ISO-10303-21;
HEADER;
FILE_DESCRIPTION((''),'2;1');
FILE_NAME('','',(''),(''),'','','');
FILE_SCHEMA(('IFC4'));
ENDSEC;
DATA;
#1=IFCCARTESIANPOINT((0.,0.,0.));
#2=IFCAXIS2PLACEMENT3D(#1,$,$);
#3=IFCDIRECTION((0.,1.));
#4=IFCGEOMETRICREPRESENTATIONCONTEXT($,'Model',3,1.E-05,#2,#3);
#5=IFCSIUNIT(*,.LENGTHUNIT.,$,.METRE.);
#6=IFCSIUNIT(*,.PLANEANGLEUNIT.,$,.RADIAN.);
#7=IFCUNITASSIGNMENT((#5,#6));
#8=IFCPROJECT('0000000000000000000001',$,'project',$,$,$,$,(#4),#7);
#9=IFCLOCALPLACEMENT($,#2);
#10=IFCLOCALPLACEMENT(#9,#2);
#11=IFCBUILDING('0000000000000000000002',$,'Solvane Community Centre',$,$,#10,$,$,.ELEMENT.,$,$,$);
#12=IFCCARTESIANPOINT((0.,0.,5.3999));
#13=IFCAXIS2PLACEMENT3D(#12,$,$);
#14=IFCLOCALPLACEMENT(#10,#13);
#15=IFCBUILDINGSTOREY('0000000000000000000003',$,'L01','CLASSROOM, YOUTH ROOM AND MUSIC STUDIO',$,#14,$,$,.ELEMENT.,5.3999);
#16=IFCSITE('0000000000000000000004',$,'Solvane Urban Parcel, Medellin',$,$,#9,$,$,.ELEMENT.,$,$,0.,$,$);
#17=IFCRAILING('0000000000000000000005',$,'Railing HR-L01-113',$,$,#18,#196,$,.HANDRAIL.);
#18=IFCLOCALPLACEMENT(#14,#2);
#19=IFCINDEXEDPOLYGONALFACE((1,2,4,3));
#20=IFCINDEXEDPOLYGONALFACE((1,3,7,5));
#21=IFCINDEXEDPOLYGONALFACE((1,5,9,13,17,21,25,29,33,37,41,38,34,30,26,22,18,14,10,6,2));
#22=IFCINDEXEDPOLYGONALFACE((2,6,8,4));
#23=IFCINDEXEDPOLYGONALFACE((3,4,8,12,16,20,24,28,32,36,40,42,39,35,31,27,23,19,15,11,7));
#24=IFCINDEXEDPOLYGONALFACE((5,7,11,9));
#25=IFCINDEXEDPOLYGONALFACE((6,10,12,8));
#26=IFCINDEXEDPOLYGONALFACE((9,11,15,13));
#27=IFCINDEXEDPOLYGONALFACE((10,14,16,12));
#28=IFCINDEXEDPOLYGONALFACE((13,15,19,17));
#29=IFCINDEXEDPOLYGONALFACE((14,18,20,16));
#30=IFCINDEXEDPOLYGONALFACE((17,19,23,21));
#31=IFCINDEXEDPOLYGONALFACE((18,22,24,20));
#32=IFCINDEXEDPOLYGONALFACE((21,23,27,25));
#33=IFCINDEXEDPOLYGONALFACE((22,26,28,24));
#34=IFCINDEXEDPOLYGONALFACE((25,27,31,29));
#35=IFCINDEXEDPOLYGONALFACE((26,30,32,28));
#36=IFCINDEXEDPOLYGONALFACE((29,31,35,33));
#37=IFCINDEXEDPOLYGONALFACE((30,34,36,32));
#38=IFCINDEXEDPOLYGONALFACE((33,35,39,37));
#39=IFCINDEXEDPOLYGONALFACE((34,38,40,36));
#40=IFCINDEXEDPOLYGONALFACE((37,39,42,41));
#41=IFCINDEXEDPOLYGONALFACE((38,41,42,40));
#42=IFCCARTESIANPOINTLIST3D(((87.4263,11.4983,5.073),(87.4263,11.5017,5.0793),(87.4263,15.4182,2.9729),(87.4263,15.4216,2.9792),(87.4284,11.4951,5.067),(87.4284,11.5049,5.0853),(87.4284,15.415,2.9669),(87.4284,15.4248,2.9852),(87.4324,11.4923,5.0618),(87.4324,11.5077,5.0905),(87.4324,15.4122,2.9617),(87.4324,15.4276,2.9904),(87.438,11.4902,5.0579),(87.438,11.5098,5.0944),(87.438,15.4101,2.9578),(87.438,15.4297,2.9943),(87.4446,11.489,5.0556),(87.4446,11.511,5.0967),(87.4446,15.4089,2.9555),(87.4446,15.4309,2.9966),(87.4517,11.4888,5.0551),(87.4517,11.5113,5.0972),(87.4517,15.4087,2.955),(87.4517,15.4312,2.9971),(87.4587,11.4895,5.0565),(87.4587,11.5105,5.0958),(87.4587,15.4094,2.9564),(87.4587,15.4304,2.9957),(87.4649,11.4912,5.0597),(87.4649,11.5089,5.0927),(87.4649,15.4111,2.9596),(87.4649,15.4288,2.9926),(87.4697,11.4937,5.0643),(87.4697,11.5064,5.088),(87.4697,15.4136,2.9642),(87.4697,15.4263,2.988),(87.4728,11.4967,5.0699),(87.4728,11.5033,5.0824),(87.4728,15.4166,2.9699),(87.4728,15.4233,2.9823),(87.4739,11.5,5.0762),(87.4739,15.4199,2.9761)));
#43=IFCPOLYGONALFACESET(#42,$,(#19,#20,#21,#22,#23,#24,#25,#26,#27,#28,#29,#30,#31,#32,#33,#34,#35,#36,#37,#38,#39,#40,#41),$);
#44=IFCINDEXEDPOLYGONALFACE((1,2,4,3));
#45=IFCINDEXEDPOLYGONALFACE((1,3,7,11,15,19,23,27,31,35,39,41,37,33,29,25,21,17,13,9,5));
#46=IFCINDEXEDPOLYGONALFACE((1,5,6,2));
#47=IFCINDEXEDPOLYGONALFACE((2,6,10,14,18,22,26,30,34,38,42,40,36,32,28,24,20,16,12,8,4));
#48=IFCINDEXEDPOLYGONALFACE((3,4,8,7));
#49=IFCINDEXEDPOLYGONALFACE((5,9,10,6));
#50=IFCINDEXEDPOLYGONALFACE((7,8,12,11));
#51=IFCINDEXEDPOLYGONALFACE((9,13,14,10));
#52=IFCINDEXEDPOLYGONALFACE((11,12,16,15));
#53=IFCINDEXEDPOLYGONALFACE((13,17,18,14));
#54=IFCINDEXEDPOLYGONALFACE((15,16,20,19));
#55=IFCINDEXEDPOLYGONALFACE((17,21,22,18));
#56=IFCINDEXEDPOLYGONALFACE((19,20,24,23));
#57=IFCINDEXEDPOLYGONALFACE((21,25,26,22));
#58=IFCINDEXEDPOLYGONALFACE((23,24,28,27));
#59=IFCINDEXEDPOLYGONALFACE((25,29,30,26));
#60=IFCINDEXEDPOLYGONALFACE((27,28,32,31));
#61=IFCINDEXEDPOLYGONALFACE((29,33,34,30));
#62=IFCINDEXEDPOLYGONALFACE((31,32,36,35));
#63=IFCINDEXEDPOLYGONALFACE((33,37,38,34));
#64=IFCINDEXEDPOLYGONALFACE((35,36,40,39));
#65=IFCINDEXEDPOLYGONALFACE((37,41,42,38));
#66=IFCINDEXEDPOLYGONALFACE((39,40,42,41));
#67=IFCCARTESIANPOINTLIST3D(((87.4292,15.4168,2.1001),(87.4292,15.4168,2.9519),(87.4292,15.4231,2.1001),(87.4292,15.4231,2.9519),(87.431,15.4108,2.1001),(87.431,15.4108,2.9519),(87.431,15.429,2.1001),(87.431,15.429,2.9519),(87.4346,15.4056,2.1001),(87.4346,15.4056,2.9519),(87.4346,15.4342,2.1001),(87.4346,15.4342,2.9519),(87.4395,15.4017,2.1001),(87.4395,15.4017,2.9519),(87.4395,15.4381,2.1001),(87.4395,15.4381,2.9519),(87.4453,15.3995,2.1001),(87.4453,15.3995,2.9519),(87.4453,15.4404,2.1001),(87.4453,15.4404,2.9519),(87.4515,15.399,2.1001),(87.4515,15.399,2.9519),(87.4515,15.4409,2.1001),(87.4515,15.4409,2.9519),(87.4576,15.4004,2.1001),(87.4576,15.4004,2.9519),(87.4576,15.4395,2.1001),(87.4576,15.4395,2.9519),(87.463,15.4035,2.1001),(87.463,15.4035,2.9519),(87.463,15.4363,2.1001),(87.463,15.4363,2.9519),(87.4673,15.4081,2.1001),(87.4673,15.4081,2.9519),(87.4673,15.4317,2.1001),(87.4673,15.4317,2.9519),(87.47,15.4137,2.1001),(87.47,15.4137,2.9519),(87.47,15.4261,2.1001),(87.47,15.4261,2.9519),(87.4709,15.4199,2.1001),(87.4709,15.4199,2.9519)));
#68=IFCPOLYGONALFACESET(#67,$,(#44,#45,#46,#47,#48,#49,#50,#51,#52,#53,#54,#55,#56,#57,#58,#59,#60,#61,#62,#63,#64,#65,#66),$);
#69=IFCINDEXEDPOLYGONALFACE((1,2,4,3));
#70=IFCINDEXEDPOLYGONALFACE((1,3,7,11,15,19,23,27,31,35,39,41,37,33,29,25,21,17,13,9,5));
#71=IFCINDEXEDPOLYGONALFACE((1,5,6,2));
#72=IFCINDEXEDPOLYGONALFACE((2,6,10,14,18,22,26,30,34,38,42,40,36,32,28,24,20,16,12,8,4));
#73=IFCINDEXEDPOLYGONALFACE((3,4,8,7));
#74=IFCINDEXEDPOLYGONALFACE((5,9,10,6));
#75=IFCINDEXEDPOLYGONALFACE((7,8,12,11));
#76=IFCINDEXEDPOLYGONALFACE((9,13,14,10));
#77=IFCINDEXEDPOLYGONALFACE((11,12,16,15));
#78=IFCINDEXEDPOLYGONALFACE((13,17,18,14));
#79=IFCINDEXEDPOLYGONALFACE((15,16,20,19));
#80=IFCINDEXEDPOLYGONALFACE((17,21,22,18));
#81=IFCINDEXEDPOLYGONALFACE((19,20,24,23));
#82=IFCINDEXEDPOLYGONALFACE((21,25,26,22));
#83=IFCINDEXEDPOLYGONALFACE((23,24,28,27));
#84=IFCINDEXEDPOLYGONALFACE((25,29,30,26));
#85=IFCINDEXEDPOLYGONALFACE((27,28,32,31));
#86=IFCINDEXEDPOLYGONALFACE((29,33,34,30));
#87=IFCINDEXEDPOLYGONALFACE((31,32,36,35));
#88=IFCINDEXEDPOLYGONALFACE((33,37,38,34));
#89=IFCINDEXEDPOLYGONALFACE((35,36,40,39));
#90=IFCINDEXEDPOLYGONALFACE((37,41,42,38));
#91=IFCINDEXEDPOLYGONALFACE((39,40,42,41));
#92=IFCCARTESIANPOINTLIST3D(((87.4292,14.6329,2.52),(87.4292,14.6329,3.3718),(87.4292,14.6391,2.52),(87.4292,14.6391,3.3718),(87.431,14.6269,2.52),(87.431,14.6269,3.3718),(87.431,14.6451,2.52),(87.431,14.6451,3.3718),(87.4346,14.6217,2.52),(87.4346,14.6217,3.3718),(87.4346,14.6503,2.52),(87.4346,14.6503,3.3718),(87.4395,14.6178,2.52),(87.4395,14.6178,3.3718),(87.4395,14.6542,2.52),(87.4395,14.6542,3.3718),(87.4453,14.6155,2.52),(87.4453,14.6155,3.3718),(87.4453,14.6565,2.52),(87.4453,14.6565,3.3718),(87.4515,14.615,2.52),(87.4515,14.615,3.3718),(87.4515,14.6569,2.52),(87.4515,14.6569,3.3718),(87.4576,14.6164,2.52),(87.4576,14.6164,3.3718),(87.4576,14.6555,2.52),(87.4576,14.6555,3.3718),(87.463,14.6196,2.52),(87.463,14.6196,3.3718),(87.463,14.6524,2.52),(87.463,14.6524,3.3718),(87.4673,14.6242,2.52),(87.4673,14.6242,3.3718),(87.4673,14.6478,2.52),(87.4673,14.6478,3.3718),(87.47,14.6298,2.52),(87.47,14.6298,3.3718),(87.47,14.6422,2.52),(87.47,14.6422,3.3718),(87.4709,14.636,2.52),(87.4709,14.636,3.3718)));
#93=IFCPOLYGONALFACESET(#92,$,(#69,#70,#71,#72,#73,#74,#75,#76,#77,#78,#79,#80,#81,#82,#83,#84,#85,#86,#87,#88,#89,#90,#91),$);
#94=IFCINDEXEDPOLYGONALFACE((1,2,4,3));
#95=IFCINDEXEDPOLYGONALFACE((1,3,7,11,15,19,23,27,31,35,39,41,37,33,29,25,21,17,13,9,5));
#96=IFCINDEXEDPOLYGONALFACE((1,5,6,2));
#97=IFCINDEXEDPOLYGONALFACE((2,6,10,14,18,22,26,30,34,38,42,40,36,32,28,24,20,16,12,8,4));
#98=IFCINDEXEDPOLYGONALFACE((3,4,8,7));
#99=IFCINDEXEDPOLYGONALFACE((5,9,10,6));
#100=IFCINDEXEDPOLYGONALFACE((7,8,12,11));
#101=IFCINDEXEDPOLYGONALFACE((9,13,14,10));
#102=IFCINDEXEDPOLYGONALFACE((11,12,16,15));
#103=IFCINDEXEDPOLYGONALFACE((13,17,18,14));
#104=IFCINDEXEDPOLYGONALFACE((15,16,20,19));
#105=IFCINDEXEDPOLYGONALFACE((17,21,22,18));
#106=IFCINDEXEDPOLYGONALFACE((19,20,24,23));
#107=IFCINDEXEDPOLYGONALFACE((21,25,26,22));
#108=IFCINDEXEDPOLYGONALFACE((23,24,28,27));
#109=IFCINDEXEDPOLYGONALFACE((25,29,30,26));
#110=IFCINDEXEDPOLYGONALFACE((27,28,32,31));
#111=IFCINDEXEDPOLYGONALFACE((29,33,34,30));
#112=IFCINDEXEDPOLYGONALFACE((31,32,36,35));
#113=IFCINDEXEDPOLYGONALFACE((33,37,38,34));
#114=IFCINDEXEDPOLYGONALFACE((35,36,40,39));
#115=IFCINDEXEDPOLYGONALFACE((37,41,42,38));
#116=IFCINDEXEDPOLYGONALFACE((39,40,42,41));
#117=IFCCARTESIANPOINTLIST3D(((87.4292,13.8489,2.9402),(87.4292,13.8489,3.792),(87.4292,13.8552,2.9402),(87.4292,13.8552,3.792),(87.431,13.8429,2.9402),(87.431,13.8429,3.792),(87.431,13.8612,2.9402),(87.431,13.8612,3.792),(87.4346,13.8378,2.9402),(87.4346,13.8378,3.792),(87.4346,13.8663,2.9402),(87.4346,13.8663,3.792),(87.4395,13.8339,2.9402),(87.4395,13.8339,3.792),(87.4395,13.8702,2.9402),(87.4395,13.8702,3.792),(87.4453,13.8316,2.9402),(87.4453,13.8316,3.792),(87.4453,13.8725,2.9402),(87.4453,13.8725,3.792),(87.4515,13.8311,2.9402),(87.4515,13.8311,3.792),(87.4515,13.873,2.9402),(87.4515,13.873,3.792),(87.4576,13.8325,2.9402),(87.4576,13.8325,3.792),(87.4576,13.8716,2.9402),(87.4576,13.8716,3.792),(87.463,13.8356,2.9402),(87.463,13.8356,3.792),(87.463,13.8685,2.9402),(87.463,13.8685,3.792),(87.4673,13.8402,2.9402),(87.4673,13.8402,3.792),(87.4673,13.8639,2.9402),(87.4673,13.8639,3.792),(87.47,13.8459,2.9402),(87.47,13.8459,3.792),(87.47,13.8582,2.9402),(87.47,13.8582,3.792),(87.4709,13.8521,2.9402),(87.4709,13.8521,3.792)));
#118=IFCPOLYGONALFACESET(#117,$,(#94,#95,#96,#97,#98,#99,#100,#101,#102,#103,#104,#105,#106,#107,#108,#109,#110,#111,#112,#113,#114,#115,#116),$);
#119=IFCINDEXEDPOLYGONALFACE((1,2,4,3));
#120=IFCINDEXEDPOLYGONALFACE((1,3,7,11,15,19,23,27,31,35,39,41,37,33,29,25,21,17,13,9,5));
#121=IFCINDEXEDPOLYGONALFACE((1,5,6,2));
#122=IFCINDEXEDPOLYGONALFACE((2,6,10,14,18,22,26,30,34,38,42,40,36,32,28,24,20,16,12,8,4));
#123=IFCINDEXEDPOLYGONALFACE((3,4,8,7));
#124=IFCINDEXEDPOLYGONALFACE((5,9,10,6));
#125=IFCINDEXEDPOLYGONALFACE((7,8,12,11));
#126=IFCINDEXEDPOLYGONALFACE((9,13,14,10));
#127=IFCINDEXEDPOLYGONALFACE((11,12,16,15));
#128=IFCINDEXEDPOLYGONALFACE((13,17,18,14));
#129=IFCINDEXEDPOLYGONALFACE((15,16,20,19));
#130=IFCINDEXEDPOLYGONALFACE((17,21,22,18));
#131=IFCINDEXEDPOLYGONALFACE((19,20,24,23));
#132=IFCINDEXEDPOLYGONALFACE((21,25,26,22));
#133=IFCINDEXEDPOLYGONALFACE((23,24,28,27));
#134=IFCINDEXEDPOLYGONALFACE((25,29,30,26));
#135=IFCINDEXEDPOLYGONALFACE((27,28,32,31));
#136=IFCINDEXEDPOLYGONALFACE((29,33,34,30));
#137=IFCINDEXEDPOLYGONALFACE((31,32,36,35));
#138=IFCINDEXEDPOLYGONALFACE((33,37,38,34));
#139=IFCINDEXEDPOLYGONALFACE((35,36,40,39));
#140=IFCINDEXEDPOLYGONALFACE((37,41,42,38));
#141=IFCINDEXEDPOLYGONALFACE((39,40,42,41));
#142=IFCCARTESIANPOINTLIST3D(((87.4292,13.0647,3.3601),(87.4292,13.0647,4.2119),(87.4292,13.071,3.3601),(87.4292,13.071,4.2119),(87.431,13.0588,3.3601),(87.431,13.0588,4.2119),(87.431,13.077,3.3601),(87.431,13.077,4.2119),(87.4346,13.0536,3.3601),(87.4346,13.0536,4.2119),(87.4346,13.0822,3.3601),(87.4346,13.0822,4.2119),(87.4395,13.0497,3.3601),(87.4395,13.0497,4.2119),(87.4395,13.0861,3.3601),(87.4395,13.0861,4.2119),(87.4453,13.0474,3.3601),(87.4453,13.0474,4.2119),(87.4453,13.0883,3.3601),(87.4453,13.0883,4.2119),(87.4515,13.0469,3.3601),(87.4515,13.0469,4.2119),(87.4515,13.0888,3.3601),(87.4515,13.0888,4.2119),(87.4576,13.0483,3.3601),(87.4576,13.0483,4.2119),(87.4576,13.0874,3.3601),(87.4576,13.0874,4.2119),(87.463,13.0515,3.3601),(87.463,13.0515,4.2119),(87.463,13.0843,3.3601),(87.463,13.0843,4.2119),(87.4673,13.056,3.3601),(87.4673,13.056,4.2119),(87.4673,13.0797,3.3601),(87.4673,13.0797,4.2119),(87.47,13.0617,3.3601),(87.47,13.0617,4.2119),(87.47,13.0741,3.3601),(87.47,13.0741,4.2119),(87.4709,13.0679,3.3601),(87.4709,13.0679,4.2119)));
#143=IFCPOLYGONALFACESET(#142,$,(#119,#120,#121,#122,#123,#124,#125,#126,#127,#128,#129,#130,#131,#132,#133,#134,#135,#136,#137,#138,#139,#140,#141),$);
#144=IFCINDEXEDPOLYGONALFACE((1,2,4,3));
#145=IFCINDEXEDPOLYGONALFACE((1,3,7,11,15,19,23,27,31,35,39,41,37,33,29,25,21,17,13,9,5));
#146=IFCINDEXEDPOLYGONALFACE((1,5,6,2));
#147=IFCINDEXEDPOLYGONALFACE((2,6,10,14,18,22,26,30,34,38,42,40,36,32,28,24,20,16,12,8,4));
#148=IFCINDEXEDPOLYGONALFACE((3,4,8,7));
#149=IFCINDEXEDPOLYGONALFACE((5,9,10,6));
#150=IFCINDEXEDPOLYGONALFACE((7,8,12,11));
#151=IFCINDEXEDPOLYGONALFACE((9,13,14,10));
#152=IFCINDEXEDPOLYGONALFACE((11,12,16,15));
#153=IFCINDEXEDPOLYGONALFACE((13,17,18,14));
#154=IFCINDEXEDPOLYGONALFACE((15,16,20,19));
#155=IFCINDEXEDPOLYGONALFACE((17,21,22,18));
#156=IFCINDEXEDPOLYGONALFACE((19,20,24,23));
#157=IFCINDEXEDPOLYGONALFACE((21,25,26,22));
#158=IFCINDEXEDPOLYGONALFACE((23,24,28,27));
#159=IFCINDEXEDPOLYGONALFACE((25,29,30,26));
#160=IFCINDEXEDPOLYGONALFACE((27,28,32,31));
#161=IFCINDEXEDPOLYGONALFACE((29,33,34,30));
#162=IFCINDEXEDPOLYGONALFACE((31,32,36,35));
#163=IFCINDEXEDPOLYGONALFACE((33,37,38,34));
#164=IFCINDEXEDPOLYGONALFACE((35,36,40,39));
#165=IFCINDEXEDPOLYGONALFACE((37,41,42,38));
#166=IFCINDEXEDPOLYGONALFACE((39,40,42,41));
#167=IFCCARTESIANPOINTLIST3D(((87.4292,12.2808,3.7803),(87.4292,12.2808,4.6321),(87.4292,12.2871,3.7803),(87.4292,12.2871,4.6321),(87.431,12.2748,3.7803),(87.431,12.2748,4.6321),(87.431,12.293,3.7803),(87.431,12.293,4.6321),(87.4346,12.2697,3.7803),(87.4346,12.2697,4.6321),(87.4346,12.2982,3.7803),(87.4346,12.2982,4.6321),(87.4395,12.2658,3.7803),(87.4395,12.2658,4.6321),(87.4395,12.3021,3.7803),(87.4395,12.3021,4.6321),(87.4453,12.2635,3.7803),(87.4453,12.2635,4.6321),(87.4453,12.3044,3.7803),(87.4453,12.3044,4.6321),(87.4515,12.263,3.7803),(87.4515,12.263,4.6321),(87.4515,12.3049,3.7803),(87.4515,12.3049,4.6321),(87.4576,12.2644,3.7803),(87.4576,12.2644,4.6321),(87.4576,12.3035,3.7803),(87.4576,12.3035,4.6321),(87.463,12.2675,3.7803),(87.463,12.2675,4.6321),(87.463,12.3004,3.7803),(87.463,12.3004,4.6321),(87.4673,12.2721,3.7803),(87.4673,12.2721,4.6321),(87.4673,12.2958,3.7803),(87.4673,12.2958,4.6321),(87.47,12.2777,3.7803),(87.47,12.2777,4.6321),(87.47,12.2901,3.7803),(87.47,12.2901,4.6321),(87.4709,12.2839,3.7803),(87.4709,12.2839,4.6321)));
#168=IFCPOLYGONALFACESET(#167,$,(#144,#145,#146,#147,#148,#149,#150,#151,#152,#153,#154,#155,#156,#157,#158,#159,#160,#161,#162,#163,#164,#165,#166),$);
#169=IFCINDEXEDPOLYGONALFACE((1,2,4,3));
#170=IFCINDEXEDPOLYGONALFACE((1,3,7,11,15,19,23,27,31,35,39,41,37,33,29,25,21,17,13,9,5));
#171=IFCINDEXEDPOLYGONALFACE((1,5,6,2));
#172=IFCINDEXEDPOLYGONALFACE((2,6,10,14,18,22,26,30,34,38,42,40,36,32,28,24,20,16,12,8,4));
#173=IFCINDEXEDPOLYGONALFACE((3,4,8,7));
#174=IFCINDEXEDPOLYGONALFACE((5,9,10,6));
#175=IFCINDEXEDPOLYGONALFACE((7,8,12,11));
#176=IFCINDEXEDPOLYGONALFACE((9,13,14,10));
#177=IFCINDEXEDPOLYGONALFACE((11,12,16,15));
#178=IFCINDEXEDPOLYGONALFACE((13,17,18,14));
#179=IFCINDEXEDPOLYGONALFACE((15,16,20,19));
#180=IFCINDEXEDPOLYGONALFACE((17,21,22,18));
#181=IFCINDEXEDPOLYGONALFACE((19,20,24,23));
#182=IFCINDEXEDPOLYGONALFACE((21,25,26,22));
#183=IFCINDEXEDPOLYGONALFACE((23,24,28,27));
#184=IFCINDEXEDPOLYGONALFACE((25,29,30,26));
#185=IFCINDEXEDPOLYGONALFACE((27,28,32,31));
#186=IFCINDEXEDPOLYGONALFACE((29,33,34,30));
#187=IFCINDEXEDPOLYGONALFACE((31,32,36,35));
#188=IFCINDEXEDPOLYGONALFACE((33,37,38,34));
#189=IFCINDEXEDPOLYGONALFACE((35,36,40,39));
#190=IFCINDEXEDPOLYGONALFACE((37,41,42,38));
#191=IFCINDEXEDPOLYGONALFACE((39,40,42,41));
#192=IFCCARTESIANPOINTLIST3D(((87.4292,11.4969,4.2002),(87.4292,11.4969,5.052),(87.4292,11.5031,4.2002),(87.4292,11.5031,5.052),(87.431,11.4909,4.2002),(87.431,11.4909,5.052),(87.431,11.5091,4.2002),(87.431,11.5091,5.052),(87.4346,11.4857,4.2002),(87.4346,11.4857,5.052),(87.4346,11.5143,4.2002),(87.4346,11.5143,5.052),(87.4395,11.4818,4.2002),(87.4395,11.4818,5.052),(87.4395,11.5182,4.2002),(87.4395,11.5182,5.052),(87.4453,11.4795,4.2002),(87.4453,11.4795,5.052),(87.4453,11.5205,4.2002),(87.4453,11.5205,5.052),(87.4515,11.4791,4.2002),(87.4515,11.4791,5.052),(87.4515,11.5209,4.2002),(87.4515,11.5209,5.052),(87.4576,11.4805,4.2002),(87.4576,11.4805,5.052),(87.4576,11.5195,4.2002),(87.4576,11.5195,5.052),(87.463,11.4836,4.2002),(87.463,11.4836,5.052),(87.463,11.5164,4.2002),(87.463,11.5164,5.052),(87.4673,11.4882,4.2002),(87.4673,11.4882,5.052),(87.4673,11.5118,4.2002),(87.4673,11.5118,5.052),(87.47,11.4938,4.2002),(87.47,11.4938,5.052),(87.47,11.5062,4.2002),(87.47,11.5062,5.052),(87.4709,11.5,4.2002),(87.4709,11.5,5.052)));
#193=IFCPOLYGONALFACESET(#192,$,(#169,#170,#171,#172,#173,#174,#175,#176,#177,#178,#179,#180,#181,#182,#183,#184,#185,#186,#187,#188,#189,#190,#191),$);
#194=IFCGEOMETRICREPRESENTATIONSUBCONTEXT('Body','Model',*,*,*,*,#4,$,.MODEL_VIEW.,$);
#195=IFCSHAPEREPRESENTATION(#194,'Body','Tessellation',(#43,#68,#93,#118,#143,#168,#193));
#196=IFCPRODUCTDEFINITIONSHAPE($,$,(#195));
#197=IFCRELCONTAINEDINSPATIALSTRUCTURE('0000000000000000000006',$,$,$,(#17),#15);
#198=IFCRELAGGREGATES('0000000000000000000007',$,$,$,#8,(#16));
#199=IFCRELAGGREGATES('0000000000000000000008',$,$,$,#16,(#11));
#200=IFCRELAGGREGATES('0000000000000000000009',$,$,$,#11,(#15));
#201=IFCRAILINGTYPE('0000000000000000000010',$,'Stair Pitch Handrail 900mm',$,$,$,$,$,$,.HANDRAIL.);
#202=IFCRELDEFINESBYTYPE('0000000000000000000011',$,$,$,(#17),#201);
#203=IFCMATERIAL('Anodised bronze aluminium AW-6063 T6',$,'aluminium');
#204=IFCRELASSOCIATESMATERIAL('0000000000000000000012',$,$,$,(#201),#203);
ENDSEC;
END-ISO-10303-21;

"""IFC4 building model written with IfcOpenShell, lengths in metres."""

from ifc_helpers import new_model, si_unit, direction, frame, origin, origin_2d, place, context, subcontext, project, spatial, circle, extrude, material, type_object, element, save


model = new_model("IFC4")

# Units and contexts
model_context = context("Model", 3, precision=1e-05, world=origin(), true_north=direction((0.0, 1.0)))
body_context = subcontext(model_context, "Body", "Model", "MODEL_VIEW")
ifc_project = project(units=[si_unit("LENGTHUNIT", "METRE"), si_unit("PLANEANGLEUNIT", "RADIAN")], contexts=[model_context])

# Site, building, storey
site_placement = place(None, origin())
site = spatial("IfcSite", under=ifc_project, at=site_placement, Name="Solvane Urban Parcel, Medellin", CompositionType="ELEMENT", RefElevation=0.0)
building_placement = place(site_placement, origin())
building = spatial("IfcBuilding", under=site, at=building_placement, Name="Solvane Community Centre", CompositionType="ELEMENT")
storey_placement = place(building_placement, frame((0.0, 0.0, 5.3999)))
storey = spatial("IfcBuildingStorey", under=building, at=storey_placement, Name="L01", Description="CLASSROOM, YOUTH ROOM AND MUSIC STUDIO", CompositionType="ELEMENT", Elevation=5.3999)

# Shared definitions
ifc_material_1 = material(Name="Anodised bronze aluminium AW-6063 T6", Category="aluminium")

# Railing
railing_type_1 = type_object("IfcRailingType", Name="Stair Pitch Handrail 900mm", PredefinedType="HANDRAIL", material=ifc_material_1)
railing_1_placement = place(storey_placement, frame((87.45, 15.4199, 2.1001)))
element("IfcRailing", 1, at=railing_1_placement, inside=storey, type_object=railing_type_1, Name="Railing HR-L01-113", PredefinedType="HANDRAIL", context=body_context, shape_type="SweptSolid", body=[
    extrude(circle(Radius=0.0239, at=origin_2d()), frame((0.0, 0.0, 0.876), z_axis=(0.0, -0.881467, 0.472246), x_axis=(1.0, 0.0, 0.0)), (0.0, 0.0, 1.0), 4.447),
    extrude(circle(Radius=0.021, at=origin_2d()), origin(), (0.0, 0.0, 1.0), 0.8518),
    extrude(circle(Radius=0.021, at=origin_2d()), frame((0.0, -0.7839, 0.4199)), (0.0, 0.0, 1.0), 0.8518),
    extrude(circle(Radius=0.021, at=origin_2d()), frame((0.0, -1.5679, 0.8401)), (0.0, 0.0, 1.0), 0.8518),
    extrude(circle(Radius=0.021, at=origin_2d()), frame((0.0, -2.3521, 1.26)), (0.0, 0.0, 1.0), 0.8518),
    extrude(circle(Radius=0.021, at=origin_2d()), frame((0.0, -3.136, 1.6802)), (0.0, 0.0, 1.0), 0.8518),
    extrude(circle(Radius=0.021, at=origin_2d()), frame((0.0, -3.9199, 2.1001)), (0.0, 0.0, 1.0), 0.8518),
])

save(model, "model.ifc")
